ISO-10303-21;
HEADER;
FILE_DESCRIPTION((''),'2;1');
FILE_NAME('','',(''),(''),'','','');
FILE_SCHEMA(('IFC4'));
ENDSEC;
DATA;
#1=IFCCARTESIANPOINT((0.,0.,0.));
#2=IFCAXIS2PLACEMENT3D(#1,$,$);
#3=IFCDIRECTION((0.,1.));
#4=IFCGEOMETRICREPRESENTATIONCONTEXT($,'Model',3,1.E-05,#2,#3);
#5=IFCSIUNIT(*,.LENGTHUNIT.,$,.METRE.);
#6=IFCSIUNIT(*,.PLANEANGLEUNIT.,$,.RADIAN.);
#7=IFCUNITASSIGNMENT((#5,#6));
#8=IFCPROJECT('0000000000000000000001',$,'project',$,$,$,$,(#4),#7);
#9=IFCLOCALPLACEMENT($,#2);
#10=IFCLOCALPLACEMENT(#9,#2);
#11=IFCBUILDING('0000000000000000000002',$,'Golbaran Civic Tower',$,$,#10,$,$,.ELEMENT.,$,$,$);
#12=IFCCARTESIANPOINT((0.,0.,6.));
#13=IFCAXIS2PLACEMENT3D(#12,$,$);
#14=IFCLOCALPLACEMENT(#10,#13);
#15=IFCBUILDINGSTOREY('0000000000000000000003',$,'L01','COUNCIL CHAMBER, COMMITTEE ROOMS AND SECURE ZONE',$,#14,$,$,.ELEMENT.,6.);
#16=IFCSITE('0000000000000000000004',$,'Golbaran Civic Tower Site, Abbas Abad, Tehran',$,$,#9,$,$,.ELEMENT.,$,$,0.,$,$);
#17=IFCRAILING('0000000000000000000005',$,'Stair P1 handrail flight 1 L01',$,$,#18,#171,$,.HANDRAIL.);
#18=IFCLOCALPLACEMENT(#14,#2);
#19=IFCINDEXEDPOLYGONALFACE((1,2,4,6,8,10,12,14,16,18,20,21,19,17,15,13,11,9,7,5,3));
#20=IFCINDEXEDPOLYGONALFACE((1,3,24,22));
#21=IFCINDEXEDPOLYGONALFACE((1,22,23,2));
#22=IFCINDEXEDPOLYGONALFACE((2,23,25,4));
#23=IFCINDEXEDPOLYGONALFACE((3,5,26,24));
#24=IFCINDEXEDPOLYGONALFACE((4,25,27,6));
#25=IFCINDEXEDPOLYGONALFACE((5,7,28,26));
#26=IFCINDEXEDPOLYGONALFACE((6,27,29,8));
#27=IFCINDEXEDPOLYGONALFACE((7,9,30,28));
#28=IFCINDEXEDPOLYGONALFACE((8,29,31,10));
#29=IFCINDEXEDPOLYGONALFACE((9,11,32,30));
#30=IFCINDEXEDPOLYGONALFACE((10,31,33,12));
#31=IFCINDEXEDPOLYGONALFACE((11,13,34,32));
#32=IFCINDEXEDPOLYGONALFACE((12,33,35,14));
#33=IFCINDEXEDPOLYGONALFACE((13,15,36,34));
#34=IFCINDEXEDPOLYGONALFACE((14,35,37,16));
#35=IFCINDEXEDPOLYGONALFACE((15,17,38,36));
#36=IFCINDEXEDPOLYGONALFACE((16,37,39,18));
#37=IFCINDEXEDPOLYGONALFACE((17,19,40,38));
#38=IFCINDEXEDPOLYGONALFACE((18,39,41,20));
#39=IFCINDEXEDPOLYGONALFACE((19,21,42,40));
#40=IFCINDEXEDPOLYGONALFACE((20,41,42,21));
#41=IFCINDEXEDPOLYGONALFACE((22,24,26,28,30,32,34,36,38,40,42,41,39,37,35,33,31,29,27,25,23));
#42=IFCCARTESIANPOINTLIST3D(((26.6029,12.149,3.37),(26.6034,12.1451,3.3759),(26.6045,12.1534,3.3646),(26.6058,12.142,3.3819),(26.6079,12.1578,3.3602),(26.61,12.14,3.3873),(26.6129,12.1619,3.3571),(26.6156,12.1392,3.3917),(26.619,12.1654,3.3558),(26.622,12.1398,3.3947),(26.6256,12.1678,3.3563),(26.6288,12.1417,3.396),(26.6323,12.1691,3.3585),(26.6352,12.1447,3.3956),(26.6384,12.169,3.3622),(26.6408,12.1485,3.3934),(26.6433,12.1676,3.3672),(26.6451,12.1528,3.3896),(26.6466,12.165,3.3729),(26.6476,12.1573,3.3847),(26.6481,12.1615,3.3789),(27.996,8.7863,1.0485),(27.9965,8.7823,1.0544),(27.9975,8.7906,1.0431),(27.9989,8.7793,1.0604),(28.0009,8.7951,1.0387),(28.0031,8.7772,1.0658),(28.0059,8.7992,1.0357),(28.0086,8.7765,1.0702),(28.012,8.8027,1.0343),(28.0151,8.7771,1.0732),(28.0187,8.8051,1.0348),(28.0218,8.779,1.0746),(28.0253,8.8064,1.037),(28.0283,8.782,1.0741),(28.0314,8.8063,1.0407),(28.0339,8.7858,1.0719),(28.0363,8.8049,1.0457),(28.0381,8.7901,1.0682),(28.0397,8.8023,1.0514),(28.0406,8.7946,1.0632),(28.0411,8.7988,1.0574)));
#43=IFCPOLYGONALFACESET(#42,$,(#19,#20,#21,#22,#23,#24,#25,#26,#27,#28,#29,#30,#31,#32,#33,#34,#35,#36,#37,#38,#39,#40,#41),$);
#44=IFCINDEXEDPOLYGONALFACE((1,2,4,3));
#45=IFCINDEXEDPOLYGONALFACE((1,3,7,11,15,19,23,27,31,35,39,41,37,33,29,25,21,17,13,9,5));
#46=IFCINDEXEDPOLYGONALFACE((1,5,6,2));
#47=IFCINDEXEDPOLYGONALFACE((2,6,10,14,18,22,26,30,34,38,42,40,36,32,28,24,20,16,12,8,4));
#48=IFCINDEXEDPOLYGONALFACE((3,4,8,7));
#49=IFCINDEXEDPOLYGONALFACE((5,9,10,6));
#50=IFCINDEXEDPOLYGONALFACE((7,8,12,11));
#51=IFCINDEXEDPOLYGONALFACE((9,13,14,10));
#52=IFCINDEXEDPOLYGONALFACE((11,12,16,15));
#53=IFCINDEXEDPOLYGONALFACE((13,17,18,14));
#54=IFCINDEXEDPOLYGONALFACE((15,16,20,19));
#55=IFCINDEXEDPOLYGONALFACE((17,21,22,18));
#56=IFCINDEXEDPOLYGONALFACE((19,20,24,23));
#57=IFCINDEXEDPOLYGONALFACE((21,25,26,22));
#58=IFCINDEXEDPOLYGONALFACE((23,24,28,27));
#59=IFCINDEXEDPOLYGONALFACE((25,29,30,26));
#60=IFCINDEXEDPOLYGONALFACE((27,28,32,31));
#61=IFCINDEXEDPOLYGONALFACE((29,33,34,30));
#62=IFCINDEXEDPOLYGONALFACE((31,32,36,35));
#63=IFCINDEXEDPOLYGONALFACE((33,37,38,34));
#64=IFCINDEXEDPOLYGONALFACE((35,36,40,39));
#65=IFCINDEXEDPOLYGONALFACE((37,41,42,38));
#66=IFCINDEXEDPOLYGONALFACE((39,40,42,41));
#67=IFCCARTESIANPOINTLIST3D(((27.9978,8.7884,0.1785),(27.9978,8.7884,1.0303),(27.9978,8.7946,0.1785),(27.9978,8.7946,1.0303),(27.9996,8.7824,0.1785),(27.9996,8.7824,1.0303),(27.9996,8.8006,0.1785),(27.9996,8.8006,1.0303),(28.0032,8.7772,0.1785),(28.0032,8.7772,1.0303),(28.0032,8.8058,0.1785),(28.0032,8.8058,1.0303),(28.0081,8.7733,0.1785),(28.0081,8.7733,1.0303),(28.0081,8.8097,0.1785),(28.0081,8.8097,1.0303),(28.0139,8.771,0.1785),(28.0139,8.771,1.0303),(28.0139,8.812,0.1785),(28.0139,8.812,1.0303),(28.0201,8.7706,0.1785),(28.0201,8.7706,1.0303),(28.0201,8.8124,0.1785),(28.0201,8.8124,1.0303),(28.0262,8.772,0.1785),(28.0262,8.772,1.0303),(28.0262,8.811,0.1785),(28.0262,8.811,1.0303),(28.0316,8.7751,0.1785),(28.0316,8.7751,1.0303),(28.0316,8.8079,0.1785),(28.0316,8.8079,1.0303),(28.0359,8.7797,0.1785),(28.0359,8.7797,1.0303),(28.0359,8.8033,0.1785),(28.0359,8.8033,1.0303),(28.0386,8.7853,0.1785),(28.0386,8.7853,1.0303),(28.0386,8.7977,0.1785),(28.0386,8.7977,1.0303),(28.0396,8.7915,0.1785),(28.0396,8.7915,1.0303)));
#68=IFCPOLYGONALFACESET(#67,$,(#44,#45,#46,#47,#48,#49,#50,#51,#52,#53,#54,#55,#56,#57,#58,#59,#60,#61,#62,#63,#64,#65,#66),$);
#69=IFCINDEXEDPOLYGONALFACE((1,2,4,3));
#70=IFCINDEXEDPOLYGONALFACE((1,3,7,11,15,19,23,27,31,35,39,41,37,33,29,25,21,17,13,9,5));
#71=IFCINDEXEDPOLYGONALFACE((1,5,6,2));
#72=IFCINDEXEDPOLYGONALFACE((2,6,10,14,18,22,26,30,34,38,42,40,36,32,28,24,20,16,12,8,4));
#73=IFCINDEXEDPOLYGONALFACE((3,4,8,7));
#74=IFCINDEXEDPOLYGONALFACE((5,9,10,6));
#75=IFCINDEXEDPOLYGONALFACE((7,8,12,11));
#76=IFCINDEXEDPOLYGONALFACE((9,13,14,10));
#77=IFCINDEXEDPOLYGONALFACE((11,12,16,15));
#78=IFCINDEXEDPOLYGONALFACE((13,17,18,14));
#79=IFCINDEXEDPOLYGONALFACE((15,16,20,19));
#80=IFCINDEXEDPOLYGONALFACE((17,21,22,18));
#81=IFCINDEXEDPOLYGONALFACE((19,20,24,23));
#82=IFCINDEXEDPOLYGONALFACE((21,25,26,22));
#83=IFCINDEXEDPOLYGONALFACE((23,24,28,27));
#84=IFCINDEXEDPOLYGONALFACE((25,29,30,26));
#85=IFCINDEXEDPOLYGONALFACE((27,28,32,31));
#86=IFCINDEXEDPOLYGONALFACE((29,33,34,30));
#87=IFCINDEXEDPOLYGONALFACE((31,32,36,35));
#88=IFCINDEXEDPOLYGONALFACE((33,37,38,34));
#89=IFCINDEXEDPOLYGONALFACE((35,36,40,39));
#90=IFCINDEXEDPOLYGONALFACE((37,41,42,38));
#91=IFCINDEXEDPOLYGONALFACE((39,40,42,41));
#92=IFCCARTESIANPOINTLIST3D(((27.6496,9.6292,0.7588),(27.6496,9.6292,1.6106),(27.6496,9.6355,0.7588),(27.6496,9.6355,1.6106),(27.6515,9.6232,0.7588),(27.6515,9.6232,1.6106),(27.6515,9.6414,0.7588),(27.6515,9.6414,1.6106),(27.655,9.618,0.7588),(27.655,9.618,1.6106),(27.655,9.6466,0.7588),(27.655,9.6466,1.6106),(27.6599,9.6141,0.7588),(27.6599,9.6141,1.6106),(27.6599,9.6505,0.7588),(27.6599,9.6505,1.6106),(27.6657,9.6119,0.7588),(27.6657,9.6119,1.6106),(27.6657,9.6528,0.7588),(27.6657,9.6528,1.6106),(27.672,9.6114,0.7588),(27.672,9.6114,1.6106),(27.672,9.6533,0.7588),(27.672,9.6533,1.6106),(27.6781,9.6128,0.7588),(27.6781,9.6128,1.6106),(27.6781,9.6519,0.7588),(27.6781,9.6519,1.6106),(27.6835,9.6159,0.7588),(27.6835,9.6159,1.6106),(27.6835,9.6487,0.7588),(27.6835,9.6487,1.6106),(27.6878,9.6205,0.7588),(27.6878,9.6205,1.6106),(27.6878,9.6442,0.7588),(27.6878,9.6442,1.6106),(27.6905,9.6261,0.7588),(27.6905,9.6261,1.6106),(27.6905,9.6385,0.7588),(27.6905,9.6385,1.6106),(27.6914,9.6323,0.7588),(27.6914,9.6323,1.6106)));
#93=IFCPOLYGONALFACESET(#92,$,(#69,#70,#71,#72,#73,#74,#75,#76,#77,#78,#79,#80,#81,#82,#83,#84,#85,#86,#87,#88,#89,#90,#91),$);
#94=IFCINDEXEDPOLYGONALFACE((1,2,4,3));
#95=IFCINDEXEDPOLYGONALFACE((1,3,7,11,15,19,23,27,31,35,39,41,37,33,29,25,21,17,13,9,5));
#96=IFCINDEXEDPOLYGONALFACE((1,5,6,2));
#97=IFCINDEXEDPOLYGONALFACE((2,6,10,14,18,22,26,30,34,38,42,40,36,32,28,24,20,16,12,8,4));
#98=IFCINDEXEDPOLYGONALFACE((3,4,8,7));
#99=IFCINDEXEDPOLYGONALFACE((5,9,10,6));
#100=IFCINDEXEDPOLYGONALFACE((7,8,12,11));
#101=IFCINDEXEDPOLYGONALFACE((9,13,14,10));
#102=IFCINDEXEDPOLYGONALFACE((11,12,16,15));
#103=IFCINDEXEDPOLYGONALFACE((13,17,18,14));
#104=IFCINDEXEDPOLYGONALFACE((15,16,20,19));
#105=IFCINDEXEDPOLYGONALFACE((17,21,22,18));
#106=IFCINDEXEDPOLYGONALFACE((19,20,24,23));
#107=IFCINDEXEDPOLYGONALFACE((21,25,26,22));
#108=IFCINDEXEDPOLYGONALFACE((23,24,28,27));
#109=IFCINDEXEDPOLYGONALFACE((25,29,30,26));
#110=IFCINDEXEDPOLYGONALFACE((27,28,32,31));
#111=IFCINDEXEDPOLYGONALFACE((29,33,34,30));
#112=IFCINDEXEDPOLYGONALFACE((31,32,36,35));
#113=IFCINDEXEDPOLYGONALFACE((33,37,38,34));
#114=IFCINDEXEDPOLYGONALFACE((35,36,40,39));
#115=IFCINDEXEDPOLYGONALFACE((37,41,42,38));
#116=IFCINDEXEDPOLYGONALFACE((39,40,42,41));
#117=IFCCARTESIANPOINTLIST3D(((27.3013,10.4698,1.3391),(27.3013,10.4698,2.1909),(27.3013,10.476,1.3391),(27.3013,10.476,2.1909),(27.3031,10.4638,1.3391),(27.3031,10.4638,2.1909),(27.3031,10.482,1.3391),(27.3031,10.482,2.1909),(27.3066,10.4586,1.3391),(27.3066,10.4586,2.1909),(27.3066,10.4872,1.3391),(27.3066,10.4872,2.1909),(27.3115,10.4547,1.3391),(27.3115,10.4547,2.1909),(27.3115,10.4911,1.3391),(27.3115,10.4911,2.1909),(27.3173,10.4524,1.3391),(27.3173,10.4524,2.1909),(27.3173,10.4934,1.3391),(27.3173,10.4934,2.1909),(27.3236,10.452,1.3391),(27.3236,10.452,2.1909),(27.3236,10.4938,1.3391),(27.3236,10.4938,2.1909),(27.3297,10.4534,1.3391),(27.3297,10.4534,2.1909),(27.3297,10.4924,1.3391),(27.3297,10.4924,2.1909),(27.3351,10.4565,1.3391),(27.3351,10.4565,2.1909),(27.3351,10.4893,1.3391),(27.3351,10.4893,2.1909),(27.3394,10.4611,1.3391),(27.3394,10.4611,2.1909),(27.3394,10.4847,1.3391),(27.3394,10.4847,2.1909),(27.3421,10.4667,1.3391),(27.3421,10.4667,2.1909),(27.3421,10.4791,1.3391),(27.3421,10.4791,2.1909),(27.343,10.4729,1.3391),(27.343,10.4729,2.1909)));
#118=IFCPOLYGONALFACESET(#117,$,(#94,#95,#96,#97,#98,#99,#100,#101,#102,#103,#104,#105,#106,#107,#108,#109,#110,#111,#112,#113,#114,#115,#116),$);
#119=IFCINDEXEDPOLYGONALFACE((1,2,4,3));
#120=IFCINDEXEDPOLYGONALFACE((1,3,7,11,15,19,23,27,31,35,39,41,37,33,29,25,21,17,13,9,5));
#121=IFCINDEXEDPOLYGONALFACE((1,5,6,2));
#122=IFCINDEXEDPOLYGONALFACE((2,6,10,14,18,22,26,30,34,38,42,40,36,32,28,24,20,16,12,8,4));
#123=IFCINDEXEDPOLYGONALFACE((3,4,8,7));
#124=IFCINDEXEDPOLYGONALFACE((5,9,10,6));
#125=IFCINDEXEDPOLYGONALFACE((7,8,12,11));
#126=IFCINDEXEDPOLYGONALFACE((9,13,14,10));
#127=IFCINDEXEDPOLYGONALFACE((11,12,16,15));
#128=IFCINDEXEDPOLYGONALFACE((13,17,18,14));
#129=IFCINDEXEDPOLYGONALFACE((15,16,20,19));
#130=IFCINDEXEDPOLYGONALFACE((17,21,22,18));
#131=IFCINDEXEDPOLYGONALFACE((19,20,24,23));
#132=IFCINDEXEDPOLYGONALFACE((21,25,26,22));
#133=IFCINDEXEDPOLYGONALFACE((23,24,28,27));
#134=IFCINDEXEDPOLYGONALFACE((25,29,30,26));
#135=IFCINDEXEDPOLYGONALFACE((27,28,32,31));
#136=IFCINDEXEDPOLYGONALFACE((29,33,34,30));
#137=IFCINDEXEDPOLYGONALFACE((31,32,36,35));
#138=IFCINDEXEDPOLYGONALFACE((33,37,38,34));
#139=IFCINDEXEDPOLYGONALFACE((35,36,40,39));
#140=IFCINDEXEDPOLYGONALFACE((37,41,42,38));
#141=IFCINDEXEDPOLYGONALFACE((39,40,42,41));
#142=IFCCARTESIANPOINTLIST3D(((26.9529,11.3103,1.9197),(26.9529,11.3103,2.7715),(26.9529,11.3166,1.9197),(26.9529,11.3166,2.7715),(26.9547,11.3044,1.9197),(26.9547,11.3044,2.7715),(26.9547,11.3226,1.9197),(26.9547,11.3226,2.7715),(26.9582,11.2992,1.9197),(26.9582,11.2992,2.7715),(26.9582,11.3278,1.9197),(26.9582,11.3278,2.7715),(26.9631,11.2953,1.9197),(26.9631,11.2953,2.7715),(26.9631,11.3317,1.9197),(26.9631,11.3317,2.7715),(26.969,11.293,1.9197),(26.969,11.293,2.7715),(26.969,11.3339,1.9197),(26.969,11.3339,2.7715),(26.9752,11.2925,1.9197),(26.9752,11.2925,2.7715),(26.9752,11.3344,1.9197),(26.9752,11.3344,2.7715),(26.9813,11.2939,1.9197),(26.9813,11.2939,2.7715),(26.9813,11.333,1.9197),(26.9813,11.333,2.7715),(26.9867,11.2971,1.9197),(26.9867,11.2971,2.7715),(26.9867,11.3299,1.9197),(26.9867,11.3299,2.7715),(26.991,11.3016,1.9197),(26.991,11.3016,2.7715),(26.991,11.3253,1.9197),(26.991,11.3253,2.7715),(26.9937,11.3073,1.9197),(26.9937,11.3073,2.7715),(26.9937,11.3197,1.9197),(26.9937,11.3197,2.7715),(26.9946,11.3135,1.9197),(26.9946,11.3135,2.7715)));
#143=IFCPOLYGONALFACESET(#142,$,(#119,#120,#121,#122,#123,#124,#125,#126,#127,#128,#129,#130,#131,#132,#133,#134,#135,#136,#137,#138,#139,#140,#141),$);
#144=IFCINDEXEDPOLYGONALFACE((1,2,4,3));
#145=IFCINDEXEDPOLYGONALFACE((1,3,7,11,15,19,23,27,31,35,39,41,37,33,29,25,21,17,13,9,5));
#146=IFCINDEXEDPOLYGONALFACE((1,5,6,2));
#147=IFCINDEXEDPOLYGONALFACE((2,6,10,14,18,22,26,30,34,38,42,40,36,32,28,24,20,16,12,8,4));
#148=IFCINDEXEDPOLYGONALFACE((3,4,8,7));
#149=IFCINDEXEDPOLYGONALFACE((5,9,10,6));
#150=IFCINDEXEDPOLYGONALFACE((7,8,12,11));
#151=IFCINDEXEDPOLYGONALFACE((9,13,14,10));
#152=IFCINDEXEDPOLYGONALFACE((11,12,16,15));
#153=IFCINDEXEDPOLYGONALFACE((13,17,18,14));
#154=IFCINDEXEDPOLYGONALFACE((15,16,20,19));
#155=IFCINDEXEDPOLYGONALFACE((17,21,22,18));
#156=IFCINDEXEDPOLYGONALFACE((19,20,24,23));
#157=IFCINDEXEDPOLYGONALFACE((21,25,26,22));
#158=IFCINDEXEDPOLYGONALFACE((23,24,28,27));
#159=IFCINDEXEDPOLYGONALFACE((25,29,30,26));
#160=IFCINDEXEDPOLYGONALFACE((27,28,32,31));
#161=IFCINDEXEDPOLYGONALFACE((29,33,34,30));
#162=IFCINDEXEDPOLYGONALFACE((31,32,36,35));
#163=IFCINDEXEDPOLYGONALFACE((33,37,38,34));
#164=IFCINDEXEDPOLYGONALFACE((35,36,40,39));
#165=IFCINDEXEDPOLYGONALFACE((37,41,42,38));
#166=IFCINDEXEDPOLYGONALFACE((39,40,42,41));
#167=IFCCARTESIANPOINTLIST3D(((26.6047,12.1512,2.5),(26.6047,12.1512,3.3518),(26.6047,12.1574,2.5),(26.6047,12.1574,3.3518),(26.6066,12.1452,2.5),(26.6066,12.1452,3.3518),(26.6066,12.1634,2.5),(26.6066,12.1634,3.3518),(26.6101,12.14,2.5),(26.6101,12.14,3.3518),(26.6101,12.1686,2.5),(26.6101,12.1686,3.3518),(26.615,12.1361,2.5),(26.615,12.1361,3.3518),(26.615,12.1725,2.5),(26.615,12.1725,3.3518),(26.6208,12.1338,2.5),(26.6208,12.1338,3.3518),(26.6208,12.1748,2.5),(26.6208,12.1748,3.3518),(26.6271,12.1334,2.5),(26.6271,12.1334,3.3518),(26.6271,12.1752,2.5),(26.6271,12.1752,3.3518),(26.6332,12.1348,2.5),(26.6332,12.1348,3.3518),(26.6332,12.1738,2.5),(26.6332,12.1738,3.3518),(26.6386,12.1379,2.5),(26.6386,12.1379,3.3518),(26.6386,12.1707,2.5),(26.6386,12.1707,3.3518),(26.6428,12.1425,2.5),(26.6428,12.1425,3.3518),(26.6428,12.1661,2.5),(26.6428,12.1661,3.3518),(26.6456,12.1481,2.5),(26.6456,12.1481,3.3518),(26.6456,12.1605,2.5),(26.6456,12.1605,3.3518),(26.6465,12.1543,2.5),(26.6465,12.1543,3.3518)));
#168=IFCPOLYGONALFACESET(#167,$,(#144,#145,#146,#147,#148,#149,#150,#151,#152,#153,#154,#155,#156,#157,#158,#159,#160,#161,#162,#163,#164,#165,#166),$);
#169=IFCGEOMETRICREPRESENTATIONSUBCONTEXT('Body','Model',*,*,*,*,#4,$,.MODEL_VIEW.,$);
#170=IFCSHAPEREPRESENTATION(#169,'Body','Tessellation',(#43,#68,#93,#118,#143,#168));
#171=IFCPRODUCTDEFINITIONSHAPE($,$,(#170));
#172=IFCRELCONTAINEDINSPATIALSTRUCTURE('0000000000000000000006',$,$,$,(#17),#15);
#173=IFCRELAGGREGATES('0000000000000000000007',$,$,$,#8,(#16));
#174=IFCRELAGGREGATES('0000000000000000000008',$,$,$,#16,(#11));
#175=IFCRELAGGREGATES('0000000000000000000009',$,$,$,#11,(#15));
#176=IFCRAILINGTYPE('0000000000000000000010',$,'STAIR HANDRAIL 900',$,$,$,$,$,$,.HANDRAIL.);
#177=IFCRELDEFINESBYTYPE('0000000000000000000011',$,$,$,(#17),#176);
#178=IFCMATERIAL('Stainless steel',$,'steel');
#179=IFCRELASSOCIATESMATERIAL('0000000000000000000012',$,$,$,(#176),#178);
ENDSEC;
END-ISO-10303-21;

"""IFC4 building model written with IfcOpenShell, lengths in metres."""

from ifc_helpers import new_model, si_unit, direction, frame, origin, origin_2d, place, context, subcontext, project, spatial, circle, extrude, material, type_object, element, save


model = new_model("IFC4")

# Units and contexts
model_context = context("Model", 3, precision=1e-05, world=origin(), true_north=direction((0.0, 1.0)))
body_context = subcontext(model_context, "Body", "Model", "MODEL_VIEW")
ifc_project = project(units=[si_unit("LENGTHUNIT", "METRE"), si_unit("PLANEANGLEUNIT", "RADIAN")], contexts=[model_context])

# Site, building, storey
site_placement = place(None, origin())
site = spatial("IfcSite", under=ifc_project, at=site_placement, Name="Golbaran Civic Tower Site, Abbas Abad, Tehran", CompositionType="ELEMENT", RefElevation=0.0)
building_placement = place(site_placement, origin())
building = spatial("IfcBuilding", under=site, at=building_placement, Name="Golbaran Civic Tower", CompositionType="ELEMENT")
storey_placement = place(building_placement, frame((0.0, 0.0, 6.0)))
storey = spatial("IfcBuildingStorey", under=building, at=storey_placement, Name="L01", Description="COUNCIL CHAMBER, COMMITTEE ROOMS AND SECURE ZONE", CompositionType="ELEMENT", Elevation=6.0)

# Railing
ifc_material_1 = material(Name="Stainless steel", Category="steel")
railing_type_1 = type_object("IfcRailingType", Name="STAIR HANDRAIL 900", PredefinedType="HANDRAIL", material=ifc_material_1)
railing_1_placement = place(storey_placement, frame((28.0186, 8.7915, 0.1785)))
element("IfcRailing", 1, at=railing_1_placement, inside=storey, type_object=railing_type_1, Name="Stair P1 handrail flight 1 L01", PredefinedType="HANDRAIL", context=body_context, shape_type="SweptSolid", body=[
    extrude(circle(Radius=0.0239, at=origin_2d()), frame((0.0, 0.0, 0.876), z_axis=(-0.322676, 0.778923, 0.537736), x_axis=(-0.923865, -0.382719, 0.0)), (0.0, 0.0, 1.0), 4.3171),
    extrude(circle(Radius=0.021, at=origin_2d()), origin(), (0.0, 0.0, 1.0), 0.8518),
    extrude(circle(Radius=0.021, at=origin_2d()), frame((-0.3481, 0.8408, 0.5803)), (0.0, 0.0, 1.0), 0.8518),
    extrude(circle(Radius=0.021, at=origin_2d()), frame((-0.6965, 1.6814, 1.1606)), (0.0, 0.0, 1.0), 0.8518),
    extrude(circle(Radius=0.021, at=origin_2d()), frame((-1.0449, 2.522, 1.7412)), (0.0, 0.0, 1.0), 0.8518),
    extrude(circle(Radius=0.021, at=origin_2d()), frame((-1.3931, 3.3628, 2.3215)), (0.0, 0.0, 1.0), 0.8518),
])

save(model, "model.ifc")
